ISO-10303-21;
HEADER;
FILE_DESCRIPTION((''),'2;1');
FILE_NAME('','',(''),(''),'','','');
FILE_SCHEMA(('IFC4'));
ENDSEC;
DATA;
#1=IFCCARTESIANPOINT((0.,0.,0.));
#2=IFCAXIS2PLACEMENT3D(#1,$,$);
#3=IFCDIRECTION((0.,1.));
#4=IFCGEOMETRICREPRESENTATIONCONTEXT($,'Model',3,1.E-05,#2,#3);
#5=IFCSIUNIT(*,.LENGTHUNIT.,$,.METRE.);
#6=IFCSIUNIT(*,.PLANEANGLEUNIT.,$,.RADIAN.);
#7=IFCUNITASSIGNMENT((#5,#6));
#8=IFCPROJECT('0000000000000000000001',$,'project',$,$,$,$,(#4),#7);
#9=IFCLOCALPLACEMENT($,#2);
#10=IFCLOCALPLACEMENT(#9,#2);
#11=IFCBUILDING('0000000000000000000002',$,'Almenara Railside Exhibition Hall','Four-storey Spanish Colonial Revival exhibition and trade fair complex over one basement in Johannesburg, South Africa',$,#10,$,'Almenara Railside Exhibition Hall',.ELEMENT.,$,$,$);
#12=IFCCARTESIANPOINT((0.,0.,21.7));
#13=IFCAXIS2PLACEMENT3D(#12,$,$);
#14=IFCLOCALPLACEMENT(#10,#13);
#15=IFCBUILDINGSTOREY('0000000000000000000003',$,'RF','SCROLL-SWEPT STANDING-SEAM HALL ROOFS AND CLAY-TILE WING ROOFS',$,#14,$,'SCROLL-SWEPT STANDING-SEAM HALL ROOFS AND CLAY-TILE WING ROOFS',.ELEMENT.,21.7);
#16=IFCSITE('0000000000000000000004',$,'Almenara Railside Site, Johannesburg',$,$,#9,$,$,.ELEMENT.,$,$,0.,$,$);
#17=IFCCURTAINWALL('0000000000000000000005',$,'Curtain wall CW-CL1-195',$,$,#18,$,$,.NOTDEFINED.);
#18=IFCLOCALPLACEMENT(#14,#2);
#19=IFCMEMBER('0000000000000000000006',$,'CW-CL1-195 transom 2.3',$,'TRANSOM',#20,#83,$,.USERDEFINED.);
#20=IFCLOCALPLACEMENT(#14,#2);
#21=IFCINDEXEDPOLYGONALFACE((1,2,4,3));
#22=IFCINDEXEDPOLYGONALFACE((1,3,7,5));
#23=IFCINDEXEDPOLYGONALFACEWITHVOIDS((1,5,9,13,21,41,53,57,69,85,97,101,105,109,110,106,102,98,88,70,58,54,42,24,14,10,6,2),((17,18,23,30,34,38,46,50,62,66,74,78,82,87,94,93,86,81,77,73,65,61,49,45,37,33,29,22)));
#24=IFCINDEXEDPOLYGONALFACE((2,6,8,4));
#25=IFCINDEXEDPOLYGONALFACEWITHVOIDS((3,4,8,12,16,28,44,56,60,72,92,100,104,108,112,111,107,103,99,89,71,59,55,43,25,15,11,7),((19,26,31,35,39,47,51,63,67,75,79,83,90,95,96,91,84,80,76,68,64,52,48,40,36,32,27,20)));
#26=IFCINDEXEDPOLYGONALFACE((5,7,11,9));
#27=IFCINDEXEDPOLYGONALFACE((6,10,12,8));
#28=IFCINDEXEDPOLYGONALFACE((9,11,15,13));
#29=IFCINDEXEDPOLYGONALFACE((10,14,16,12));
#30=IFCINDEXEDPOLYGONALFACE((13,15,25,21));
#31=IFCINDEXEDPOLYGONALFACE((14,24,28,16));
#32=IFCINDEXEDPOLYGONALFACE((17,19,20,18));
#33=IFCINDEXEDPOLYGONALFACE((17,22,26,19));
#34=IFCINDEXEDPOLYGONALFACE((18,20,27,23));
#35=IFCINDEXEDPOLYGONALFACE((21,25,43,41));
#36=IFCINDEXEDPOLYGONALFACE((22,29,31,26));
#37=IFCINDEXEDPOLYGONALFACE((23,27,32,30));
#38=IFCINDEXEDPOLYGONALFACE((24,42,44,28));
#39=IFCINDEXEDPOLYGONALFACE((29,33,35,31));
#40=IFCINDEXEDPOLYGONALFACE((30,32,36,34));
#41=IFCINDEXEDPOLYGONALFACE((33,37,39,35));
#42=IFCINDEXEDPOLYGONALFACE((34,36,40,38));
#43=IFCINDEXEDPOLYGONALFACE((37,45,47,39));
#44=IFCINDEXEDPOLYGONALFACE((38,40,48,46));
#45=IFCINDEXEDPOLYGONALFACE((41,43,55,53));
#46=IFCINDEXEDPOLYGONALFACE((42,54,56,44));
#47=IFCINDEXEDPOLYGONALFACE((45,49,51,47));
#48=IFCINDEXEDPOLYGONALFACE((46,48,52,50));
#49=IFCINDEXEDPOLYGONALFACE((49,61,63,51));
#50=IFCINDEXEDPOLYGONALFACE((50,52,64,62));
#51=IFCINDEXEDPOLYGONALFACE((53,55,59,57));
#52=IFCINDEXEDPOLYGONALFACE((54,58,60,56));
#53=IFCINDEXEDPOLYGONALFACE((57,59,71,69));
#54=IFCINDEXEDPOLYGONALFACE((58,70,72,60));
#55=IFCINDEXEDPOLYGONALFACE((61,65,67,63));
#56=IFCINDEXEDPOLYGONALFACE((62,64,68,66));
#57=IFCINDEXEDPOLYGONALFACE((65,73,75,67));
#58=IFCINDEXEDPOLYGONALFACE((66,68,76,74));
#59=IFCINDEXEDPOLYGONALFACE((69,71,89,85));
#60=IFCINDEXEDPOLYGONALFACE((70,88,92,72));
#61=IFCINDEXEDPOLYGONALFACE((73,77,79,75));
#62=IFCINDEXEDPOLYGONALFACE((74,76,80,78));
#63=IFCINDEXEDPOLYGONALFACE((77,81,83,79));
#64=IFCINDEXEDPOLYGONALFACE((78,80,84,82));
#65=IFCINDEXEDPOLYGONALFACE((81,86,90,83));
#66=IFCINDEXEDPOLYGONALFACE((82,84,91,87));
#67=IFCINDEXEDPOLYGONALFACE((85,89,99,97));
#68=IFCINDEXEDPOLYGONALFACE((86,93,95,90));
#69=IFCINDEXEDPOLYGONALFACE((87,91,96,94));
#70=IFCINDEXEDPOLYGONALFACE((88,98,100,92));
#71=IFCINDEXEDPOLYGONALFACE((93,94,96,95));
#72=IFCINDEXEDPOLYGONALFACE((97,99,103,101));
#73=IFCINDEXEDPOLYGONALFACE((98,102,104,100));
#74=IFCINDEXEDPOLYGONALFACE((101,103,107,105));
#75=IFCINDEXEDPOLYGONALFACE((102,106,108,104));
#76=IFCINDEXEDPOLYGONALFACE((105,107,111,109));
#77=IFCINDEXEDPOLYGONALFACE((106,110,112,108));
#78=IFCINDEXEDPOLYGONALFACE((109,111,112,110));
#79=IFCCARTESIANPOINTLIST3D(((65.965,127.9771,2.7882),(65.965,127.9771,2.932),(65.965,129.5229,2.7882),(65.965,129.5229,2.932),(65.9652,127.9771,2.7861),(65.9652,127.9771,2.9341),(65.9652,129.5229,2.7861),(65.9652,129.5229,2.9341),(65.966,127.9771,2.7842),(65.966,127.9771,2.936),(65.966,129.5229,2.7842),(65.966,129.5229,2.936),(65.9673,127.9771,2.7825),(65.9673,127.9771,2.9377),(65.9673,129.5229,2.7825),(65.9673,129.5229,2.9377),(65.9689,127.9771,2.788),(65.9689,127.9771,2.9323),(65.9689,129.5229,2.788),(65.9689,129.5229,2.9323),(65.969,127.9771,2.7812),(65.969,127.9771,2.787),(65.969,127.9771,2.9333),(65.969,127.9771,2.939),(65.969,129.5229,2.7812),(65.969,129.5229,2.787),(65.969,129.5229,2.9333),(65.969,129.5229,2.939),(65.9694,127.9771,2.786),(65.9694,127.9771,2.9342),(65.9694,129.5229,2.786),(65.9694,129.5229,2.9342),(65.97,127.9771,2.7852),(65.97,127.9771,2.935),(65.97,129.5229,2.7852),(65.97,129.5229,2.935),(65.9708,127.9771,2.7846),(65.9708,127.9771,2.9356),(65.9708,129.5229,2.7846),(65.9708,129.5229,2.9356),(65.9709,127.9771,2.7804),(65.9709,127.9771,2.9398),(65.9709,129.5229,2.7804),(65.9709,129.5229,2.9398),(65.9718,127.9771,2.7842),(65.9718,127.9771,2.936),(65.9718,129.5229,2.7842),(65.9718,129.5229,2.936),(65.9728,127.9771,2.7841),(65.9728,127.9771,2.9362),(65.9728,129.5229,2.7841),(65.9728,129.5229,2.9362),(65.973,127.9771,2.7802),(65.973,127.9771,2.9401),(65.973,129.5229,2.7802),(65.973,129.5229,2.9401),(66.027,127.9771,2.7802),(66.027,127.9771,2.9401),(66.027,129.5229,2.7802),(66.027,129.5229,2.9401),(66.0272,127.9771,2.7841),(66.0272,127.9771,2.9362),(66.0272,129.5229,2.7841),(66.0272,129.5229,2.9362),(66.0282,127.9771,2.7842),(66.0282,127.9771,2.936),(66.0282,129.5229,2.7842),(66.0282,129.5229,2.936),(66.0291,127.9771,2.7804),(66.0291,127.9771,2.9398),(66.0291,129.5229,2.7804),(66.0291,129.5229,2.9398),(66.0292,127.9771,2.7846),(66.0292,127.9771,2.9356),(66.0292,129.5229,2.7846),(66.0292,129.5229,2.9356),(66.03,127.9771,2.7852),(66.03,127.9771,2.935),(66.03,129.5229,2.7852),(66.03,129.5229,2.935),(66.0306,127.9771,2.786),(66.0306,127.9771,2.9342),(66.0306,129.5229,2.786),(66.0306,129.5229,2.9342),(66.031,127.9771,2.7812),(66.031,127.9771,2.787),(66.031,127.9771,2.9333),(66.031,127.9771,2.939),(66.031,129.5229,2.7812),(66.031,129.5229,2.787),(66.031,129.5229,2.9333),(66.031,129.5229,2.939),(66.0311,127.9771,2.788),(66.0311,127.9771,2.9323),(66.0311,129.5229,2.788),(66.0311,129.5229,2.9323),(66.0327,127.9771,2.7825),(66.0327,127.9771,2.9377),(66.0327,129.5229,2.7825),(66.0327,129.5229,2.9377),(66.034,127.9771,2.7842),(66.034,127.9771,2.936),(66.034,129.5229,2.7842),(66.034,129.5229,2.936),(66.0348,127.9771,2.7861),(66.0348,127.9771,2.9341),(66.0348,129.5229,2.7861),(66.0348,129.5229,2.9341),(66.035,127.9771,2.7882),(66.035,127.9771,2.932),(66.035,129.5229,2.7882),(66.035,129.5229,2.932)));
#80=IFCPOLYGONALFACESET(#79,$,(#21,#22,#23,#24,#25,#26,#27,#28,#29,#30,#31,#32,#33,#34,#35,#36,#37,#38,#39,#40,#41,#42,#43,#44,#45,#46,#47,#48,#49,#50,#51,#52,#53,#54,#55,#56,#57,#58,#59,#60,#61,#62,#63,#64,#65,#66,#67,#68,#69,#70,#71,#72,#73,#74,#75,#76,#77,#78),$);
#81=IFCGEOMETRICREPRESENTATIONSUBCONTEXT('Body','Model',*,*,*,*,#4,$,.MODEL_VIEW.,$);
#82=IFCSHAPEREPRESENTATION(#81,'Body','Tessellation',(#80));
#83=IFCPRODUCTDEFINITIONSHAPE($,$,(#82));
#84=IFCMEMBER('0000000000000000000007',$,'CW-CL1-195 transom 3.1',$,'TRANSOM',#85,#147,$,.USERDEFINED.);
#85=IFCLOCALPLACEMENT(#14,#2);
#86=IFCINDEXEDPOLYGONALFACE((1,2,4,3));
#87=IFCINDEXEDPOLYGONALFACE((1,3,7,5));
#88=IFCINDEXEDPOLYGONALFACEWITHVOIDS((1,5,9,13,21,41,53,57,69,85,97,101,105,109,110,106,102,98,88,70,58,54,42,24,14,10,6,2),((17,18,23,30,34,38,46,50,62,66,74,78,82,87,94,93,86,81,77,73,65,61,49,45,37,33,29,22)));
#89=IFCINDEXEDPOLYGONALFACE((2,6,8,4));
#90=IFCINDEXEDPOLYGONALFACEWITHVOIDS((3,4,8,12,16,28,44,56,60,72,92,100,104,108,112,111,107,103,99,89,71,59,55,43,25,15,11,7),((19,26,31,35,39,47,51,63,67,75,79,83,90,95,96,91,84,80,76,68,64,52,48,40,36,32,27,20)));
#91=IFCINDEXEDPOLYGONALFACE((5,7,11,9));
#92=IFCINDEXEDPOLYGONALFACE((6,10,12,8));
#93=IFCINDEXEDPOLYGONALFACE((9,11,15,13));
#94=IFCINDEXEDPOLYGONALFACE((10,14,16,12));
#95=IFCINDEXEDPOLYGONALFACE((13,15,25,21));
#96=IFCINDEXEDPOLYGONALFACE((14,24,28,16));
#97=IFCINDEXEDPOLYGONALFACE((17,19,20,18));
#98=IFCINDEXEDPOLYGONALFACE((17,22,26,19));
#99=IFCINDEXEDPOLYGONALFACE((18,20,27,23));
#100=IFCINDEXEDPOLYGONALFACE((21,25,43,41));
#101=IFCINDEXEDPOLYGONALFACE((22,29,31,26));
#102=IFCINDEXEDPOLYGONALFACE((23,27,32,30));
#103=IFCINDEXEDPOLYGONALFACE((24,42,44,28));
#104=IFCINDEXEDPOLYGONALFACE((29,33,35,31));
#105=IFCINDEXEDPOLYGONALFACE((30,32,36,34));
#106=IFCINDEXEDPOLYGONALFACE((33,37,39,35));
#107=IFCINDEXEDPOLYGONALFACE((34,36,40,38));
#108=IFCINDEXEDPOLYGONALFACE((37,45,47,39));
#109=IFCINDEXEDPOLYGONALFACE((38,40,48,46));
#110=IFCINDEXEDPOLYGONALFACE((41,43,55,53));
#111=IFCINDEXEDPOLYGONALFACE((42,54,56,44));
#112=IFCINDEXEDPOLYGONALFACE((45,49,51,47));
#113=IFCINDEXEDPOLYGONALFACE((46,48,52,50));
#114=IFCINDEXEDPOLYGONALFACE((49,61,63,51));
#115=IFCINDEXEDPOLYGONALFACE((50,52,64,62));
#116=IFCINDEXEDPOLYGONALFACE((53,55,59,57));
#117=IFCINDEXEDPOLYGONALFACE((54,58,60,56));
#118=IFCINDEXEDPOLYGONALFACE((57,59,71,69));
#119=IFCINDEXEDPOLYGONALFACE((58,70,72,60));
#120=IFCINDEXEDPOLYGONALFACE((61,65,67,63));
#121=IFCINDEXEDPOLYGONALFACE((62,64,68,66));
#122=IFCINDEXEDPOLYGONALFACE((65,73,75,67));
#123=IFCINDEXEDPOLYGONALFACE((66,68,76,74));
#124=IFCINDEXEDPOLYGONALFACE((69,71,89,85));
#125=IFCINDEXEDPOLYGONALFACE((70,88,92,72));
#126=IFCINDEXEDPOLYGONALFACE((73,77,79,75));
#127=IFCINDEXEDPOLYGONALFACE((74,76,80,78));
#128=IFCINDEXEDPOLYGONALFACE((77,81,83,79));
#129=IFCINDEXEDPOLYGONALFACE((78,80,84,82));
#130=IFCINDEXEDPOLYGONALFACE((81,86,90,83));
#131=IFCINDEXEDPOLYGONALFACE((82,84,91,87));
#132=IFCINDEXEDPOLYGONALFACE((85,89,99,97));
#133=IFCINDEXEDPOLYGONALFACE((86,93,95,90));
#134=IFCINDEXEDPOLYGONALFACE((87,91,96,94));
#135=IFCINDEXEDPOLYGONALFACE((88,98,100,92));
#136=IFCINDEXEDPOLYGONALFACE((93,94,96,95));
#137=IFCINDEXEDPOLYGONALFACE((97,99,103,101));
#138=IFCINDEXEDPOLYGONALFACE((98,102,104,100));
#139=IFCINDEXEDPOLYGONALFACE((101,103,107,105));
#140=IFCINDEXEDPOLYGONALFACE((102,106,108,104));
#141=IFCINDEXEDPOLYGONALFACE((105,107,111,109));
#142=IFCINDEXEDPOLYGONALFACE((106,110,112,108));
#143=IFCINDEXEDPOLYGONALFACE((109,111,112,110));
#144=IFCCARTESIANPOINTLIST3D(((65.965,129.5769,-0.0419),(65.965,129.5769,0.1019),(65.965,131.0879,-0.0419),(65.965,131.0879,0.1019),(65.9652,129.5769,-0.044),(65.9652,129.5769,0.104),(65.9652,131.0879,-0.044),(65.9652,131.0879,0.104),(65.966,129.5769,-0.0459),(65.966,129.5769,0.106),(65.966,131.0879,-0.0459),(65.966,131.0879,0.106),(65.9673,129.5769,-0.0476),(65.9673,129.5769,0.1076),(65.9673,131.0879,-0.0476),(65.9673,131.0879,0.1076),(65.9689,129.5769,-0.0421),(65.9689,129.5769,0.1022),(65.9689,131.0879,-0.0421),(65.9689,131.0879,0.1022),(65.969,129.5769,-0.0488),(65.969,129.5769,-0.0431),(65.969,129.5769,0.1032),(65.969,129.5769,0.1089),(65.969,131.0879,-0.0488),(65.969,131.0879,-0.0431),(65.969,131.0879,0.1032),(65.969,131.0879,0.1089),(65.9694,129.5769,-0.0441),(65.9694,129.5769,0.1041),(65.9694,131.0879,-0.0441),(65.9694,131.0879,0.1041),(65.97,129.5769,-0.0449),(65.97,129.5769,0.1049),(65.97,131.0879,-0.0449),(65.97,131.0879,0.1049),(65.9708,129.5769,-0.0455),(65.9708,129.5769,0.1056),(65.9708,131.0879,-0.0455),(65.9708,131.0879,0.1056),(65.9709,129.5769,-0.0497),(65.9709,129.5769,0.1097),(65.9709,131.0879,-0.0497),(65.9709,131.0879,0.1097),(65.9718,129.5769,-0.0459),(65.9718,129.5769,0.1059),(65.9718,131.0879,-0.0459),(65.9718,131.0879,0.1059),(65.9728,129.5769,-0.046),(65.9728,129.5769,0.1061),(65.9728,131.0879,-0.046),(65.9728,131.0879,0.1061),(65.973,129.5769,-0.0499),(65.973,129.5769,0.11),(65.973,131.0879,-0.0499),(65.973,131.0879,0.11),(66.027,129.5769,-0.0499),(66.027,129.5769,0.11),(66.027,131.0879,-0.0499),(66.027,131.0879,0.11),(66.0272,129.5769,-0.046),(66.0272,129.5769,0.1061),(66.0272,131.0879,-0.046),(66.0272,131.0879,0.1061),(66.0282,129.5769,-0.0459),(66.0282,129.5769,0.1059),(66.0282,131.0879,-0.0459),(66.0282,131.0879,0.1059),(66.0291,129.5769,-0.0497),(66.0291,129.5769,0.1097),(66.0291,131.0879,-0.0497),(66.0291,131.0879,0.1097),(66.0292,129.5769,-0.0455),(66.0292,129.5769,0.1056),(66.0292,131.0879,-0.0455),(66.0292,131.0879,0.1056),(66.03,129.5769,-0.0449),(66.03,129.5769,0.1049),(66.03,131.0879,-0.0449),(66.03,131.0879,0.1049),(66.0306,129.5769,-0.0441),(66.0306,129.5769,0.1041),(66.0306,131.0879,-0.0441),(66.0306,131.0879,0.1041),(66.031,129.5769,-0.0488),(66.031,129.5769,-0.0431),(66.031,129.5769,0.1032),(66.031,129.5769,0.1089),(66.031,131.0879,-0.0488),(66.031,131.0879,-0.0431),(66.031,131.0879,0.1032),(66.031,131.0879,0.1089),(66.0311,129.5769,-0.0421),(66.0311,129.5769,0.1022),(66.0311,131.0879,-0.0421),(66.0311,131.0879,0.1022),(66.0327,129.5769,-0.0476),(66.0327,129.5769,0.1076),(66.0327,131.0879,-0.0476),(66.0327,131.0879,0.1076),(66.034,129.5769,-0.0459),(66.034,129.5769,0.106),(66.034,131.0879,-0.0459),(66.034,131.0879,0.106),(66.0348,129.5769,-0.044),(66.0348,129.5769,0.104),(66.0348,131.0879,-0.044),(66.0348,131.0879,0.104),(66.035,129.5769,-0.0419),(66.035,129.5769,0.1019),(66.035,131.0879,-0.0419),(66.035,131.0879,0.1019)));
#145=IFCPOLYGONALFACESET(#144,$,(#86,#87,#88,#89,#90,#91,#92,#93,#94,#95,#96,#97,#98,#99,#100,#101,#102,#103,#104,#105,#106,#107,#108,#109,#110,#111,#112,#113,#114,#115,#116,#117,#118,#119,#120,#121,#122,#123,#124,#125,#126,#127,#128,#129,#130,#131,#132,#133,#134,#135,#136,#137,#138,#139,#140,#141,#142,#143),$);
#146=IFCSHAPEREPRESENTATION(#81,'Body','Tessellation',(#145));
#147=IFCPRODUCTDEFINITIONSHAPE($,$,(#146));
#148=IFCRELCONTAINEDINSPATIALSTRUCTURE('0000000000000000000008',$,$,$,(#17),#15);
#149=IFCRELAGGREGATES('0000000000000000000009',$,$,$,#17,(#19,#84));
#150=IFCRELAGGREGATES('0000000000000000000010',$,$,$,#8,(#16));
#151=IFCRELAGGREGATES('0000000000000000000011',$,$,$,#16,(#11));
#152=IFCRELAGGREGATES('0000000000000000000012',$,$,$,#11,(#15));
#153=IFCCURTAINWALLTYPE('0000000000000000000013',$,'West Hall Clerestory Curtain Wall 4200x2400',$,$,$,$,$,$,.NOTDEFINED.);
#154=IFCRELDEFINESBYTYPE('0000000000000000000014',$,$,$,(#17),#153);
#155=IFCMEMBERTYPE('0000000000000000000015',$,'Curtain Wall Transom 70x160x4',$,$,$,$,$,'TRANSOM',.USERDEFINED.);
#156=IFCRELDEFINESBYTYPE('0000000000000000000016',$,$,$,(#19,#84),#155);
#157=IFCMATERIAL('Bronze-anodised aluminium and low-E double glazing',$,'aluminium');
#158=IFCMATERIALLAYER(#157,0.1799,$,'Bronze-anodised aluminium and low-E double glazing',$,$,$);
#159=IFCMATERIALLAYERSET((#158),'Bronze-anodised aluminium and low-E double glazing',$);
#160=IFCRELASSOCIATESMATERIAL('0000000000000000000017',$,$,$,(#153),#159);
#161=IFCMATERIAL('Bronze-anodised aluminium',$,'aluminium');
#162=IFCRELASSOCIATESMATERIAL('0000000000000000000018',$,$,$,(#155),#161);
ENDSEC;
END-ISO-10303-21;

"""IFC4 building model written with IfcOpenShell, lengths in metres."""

from ifc_helpers import new_model, si_unit, direction, frame, origin, origin_2d, place, context, subcontext, project, spatial, hollow_rectangle, extrude, material, layer, layer_set, material_profile, profile_set, type_object, element, aggregate, save


model = new_model("IFC4")

# Units and contexts
model_context = context("Model", 3, precision=1e-05, world=origin(), true_north=direction((0.0, 1.0)))
body_context = subcontext(model_context, "Body", "Model", "MODEL_VIEW")
ifc_project = project(units=[si_unit("LENGTHUNIT", "METRE"), si_unit("PLANEANGLEUNIT", "RADIAN")], contexts=[model_context])

# Site, building, storey
site_placement = place(None, origin())
site = spatial("IfcSite", under=ifc_project, at=site_placement, Name="Almenara Railside Site, Johannesburg", CompositionType="ELEMENT", RefElevation=0.0)
building_placement = place(site_placement, origin())
building = spatial("IfcBuilding", under=site, at=building_placement, Name="Almenara Railside Exhibition Hall", Description="Four-storey Spanish Colonial Revival exhibition and trade fair complex over one basement in Johannesburg, South Africa", LongName="Almenara Railside Exhibition Hall", CompositionType="ELEMENT")
storey_placement = place(building_placement, frame((0.0, 0.0, 21.7)))
storey = spatial("IfcBuildingStorey", under=building, at=storey_placement, Name="RF", Description="SCROLL-SWEPT STANDING-SEAM HALL ROOFS AND CLAY-TILE WING ROOFS", LongName="SCROLL-SWEPT STANDING-SEAM HALL ROOFS AND CLAY-TILE WING ROOFS", CompositionType="ELEMENT", Elevation=21.7)

# Curtain wall, members
ifc_material_1 = material(Name="Bronze-anodised aluminium and low-E double glazing", Category="aluminium")
ifc_layer_1 = layer(ifc_material_1, 0.1799, Name="Bronze-anodised aluminium and low-E double glazing")
ifc_layer_set_1 = layer_set([ifc_layer_1], Name="Bronze-anodised aluminium and low-E double glazing")
curtain_wall_type = type_object("IfcCurtainWallType", Name="West Hall Clerestory Curtain Wall 4200x2400", PredefinedType="NOTDEFINED", material=ifc_layer_set_1)
curtain_wall_placement = place(storey_placement, origin())
curtain_wall = element("IfcCurtainWall", 1, at=curtain_wall_placement, inside=storey, type_object=curtain_wall_type, Name="Curtain wall CW-CL1-195", PredefinedType="NOTDEFINED")
ifc_material_2 = material(Name="Bronze-anodised aluminium", Category="aluminium")
ifc_material_profile_1 = material_profile(ifc_material_2, hollow_rectangle(XDim=0.0701, YDim=0.1599, WallThickness=0.0039, InnerFilletRadius=0.0039, OuterFilletRadius=0.0081, at=origin_2d()), Name="ALU-TRN 70x160x4")
ifc_profile_set_1 = profile_set([ifc_material_profile_1], Name="Bronze-anodised aluminium")
member_type_1 = type_object("IfcMemberType", Name="Curtain Wall Transom 70x160x4", ElementType="TRANSOM", PredefinedType="USERDEFINED", material=ifc_profile_set_1)
member_1_placement = place(storey_placement, frame((66.0, 127.9771, 2.8601), z_axis=(0.0, 1.0, 0.0), x_axis=(-1.0, 0.0, 0.0)))
member_1 = element("IfcMember", 2, at=member_1_placement, type_object=member_type_1, Name="CW-CL1-195 transom 2.3", ObjectType="TRANSOM", PredefinedType="USERDEFINED", context=body_context, shape_type="SweptSolid", body=[
    extrude(hollow_rectangle(XDim=0.0701, YDim=0.1599, WallThickness=0.0039, InnerFilletRadius=0.0039, OuterFilletRadius=0.0081, at=origin_2d()), origin(), (0.0, 0.0, 1.0), 1.5459),
])
member_2_placement = place(storey_placement, frame((66.0, 129.5769, 0.03), z_axis=(0.0, 1.0, 0.0), x_axis=(-1.0, 0.0, 0.0)))
member_2 = element("IfcMember", 3, at=member_2_placement, type_object=member_type_1, Name="CW-CL1-195 transom 3.1", ObjectType="TRANSOM", PredefinedType="USERDEFINED", context=body_context, shape_type="SweptSolid", body=[
    extrude(hollow_rectangle(XDim=0.0701, YDim=0.1599, WallThickness=0.0039, InnerFilletRadius=0.0039, OuterFilletRadius=0.0081, at=origin_2d()), origin(), (0.0, 0.0, 1.0), 1.511),
])

aggregate(curtain_wall, [member_1, member_2])

save(model, "model.ifc")
